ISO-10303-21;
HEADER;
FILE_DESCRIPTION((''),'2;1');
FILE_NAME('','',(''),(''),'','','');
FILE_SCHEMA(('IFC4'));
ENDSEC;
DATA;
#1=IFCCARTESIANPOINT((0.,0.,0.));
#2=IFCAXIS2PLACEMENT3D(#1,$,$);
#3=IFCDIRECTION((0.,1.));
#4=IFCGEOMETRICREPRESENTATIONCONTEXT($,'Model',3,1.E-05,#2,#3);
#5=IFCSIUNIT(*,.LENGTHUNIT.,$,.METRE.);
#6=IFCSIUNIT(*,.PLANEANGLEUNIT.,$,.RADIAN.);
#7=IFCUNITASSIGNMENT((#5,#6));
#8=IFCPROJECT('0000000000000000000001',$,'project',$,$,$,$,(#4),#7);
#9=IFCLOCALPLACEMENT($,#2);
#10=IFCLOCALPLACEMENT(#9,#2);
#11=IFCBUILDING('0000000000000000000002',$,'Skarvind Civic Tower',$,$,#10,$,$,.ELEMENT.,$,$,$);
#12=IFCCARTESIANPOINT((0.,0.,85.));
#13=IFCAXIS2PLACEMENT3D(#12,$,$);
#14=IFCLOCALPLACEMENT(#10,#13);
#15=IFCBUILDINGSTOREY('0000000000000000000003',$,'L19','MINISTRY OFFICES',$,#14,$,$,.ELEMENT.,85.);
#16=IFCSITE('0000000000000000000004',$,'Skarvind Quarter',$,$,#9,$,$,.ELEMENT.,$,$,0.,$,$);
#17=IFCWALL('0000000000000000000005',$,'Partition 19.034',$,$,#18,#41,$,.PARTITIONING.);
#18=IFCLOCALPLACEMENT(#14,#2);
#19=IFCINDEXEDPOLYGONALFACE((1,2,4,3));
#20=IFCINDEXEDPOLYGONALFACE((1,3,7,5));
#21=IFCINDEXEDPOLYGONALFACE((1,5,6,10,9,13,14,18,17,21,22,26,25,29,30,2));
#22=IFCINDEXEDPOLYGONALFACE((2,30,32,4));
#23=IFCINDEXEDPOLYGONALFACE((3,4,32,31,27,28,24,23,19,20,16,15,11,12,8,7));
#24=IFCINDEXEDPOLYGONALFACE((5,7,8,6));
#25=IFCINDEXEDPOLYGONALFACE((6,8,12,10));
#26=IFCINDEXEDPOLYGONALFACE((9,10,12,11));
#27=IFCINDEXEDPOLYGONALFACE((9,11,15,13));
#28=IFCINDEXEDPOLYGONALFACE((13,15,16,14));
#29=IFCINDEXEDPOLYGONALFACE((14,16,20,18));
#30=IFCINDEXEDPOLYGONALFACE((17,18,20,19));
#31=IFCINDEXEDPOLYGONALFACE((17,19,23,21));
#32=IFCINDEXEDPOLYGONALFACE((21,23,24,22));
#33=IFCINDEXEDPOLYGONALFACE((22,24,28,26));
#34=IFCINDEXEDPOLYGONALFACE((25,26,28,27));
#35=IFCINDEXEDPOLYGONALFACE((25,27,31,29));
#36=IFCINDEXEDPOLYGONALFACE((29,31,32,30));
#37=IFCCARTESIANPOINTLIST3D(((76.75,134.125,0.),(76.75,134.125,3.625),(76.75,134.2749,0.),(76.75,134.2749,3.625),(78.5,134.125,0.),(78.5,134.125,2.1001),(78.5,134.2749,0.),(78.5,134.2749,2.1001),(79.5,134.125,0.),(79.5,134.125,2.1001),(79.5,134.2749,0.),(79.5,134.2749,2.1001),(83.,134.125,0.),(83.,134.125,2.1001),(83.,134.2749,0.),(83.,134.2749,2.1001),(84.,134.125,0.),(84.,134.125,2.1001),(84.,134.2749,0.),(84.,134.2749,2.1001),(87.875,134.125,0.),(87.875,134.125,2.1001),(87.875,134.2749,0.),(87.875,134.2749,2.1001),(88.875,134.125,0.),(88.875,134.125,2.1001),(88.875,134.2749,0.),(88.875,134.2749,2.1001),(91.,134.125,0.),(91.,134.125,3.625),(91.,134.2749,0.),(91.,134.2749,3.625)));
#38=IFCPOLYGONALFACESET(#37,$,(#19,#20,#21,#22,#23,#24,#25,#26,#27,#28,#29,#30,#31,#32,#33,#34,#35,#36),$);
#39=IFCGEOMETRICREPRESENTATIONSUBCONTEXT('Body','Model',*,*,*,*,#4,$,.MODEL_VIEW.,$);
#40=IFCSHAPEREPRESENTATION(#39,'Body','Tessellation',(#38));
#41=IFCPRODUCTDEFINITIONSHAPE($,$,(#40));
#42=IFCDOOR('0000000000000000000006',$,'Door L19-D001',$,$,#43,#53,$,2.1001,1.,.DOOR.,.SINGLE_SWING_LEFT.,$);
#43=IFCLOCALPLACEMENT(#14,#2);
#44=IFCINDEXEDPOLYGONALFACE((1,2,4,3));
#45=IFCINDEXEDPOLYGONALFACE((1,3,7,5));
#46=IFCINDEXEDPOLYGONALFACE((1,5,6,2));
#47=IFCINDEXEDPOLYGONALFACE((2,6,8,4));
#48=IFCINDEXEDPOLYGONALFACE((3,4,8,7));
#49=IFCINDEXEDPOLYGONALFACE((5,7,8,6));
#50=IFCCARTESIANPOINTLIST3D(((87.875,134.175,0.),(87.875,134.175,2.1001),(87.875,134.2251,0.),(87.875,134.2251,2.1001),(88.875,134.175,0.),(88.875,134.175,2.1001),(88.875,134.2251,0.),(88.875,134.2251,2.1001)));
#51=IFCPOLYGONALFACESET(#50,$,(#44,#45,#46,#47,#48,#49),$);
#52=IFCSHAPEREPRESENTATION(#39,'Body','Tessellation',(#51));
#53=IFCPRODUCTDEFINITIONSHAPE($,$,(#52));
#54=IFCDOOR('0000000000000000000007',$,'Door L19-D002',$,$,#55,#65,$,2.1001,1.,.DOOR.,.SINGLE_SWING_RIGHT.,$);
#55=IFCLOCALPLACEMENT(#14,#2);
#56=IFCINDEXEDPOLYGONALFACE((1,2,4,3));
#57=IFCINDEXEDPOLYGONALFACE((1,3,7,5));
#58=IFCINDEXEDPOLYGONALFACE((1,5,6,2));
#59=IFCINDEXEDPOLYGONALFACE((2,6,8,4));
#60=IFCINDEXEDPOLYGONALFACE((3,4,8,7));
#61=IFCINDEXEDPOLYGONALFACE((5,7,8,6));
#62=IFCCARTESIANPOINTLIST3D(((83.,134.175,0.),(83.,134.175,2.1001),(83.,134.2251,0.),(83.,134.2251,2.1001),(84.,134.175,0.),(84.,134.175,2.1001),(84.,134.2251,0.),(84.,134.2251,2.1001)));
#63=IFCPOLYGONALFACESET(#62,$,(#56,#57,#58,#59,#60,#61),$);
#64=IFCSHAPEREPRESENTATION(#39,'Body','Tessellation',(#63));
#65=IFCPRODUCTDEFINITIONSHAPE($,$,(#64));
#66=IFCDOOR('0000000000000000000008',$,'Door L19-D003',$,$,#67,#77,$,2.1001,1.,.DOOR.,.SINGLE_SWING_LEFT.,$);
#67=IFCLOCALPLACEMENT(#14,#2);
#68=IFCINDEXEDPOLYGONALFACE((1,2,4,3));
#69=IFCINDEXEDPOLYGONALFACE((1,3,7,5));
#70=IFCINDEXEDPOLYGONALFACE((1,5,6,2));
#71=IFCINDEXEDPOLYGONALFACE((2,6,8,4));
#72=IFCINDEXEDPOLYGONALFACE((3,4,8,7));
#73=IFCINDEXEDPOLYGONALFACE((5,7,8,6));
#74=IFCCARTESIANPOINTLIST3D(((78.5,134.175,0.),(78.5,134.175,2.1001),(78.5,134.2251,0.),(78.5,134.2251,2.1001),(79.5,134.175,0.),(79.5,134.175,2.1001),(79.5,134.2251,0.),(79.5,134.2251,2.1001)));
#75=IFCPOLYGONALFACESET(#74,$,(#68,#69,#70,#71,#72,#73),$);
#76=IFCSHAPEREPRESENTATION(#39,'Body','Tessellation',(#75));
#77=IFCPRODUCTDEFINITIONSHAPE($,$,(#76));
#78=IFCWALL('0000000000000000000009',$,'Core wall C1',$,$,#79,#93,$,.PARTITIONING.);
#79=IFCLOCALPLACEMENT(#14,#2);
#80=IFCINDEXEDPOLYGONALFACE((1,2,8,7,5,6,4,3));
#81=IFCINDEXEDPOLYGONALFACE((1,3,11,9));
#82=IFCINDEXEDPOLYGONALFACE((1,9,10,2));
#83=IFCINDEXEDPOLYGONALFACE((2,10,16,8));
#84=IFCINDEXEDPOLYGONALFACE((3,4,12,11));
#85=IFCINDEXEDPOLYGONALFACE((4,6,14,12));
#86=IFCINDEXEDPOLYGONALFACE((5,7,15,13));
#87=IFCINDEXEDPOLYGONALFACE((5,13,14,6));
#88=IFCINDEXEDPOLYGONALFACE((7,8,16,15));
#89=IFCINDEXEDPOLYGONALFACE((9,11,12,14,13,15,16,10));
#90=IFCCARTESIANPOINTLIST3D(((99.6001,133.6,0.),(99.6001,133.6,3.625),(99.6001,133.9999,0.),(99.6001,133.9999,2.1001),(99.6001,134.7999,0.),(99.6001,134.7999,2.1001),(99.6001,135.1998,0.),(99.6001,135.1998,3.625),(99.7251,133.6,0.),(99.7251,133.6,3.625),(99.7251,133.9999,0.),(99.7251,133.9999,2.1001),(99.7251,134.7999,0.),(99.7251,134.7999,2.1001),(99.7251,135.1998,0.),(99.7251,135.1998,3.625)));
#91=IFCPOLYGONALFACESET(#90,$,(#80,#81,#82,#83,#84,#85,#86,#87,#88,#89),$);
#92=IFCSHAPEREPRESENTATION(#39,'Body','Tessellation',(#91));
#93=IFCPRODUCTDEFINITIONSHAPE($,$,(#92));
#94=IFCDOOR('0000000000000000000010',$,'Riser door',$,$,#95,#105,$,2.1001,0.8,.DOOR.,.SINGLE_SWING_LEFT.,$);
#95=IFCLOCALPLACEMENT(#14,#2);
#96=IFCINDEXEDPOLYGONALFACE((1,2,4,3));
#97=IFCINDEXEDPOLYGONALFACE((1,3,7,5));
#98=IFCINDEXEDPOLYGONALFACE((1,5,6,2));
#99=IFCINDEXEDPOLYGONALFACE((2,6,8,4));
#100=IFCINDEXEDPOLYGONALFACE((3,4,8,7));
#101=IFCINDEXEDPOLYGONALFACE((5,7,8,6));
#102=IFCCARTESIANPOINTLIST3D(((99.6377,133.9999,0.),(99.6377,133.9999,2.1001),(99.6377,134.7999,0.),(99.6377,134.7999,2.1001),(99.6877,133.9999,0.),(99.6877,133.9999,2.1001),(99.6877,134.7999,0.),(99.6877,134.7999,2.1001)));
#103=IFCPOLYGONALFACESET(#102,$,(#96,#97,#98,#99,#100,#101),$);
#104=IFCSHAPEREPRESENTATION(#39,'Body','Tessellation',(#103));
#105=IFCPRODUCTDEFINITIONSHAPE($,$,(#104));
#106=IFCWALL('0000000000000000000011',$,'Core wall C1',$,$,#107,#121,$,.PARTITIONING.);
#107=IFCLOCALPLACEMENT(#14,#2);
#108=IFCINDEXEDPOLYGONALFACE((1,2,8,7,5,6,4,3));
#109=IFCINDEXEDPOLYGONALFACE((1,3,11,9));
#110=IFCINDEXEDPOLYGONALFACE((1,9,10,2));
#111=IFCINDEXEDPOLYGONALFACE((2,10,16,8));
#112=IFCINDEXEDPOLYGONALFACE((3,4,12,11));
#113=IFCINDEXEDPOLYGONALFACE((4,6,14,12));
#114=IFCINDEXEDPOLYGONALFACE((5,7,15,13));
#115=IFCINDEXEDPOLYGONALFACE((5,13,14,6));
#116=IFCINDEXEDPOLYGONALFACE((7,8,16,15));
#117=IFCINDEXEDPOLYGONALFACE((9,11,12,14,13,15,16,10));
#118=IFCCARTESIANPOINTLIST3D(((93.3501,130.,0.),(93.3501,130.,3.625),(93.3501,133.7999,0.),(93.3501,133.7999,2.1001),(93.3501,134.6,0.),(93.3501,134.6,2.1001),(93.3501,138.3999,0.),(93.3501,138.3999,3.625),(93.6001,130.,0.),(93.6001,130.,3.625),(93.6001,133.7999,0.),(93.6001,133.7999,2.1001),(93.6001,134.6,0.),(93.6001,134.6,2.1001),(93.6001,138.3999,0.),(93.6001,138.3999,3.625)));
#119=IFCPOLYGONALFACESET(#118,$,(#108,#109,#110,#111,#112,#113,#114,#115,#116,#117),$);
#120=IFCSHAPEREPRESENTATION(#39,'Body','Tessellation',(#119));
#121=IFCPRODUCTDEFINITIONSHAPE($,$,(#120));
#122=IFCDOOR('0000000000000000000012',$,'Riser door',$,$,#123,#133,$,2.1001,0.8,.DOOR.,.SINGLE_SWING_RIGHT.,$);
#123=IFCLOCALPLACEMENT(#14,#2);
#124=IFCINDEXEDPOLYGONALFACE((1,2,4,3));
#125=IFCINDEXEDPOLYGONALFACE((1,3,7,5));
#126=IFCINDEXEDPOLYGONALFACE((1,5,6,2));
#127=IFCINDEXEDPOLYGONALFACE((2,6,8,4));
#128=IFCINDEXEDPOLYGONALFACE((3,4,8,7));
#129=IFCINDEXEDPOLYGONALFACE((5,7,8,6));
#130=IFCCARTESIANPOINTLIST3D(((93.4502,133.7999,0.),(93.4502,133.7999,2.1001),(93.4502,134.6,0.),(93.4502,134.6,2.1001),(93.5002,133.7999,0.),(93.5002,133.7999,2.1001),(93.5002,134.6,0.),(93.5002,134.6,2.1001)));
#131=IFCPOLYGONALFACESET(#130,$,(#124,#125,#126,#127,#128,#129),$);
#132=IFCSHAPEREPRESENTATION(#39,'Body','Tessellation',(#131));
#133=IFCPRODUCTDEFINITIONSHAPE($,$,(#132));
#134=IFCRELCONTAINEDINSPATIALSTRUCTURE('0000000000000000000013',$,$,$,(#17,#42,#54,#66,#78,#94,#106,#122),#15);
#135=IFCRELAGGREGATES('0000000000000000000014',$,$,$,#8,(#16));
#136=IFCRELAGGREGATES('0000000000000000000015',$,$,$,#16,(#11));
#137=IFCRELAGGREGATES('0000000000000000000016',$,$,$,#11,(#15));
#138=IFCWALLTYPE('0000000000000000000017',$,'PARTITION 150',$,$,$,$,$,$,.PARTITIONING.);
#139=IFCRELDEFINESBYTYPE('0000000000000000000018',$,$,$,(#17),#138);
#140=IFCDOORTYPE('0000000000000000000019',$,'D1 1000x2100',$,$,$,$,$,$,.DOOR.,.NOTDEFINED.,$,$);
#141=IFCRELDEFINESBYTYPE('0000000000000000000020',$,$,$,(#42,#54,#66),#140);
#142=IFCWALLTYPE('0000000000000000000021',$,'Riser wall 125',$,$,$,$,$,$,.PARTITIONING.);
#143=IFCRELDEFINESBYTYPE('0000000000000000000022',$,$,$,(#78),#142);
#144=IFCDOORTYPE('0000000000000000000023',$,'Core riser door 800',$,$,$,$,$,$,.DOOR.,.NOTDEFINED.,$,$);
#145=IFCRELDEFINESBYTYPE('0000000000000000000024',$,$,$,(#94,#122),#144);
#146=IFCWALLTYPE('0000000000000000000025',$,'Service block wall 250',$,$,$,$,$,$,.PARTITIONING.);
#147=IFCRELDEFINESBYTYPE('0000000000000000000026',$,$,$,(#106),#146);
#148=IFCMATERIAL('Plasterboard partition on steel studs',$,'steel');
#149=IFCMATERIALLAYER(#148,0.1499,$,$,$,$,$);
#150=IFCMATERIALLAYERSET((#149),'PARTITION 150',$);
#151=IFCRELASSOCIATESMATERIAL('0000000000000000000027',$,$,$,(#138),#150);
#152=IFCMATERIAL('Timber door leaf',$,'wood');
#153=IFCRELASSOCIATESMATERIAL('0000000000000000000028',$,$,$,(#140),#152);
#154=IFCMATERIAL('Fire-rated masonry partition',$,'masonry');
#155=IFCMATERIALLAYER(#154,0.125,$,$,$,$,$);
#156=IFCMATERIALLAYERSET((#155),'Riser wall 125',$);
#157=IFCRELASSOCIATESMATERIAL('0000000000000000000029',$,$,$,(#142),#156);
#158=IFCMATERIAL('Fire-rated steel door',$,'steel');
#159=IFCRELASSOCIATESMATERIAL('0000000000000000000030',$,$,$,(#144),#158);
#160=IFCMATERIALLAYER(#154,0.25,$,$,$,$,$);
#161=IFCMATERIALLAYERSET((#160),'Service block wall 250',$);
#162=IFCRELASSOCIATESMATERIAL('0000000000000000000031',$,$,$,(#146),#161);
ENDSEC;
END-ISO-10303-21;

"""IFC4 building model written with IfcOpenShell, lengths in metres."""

from ifc_helpers import new_model, si_unit, direction, frame, frame_2d, origin, place, context, subcontext, project, spatial, rectangle, extrude, material, layer, layer_set, type_object, element, fill, save


model = new_model("IFC4")

# Units and contexts
model_context = context("Model", 3, precision=1e-05, world=origin(), true_north=direction((0.0, 1.0)))
body_context = subcontext(model_context, "Body", "Model", "MODEL_VIEW")
ifc_project = project(units=[si_unit("LENGTHUNIT", "METRE"), si_unit("PLANEANGLEUNIT", "RADIAN")], contexts=[model_context])

# Site, building, storey
site_placement = place(None, origin())
site = spatial("IfcSite", under=ifc_project, at=site_placement, Name="Skarvind Quarter", CompositionType="ELEMENT", RefElevation=0.0)
building_placement = place(site_placement, origin())
building = spatial("IfcBuilding", under=site, at=building_placement, Name="Skarvind Civic Tower", CompositionType="ELEMENT")
storey_placement = place(building_placement, frame((0.0, 0.0, 85.0)))
storey = spatial("IfcBuildingStorey", under=building, at=storey_placement, Name="L19", Description="MINISTRY OFFICES", CompositionType="ELEMENT", Elevation=85.0)

# Shared definitions
ifc_material_1 = material(Name="Fire-rated masonry partition", Category="masonry")
ifc_material_2 = material(Name="Fire-rated steel door", Category="steel")

# Wall, openings, doors
ifc_material_3 = material(Name="Plasterboard partition on steel studs", Category="steel")
ifc_layer_1 = layer(ifc_material_3, 0.1499)
ifc_layer_set_1 = layer_set([ifc_layer_1], Name="PARTITION 150")
wall_type_1 = type_object("IfcWallType", Name="PARTITION 150", PredefinedType="PARTITIONING", material=ifc_layer_set_1)
wall_1_placement = place(storey_placement, frame((91.0, 134.2, 0.0), z_axis=(0.0, 0.0, 1.0), x_axis=(-1.0, 0.0, 0.0)))
wall_1 = element("IfcWall", 1, at=wall_1_placement, inside=storey, type_object=wall_type_1, Name="Partition 19.034", PredefinedType="PARTITIONING", context=body_context, shape_type="SweptSolid", body=[
    extrude(rectangle(XDim=14.25, YDim=0.1499, at=frame_2d((7.125, 0.0))), origin(), (0.0, 0.0, 1.0), 3.625),
])
opening_1_placement = place(wall_1_placement, frame((2.125, 0.0, 0.0)))
opening_1 = element("IfcOpeningElement", 2, at=opening_1_placement, cuts=wall_1, PredefinedType="OPENING", context=body_context, shape_type="SweptSolid", body=[
    extrude(rectangle(XDim=1.0, YDim=2.1001, at=frame_2d((0.5, 1.05))), frame((0.0, 0.085, 0.0), z_axis=(0.0, -1.0, 0.0), x_axis=(1.0, 0.0, 0.0)), (0.0, 0.0, 1.0), 0.1699),
])
opening_2_placement = place(wall_1_placement, frame((7.0, 0.0, 0.0)))
opening_2 = element("IfcOpeningElement", 3, at=opening_2_placement, cuts=wall_1, PredefinedType="OPENING", context=body_context, shape_type="SweptSolid", body=[
    extrude(rectangle(XDim=1.0, YDim=2.1001, at=frame_2d((0.5, 1.05))), frame((0.0, 0.085, 0.0), z_axis=(0.0, -1.0, 0.0), x_axis=(1.0, 0.0, 0.0)), (0.0, 0.0, 1.0), 0.1699),
])
opening_3_placement = place(wall_1_placement, frame((11.5, 0.0, 0.0)))
opening_3 = element("IfcOpeningElement", 4, at=opening_3_placement, cuts=wall_1, PredefinedType="OPENING", context=body_context, shape_type="SweptSolid", body=[
    extrude(rectangle(XDim=1.0, YDim=2.1001, at=frame_2d((0.5, 1.05))), frame((0.0, 0.085, 0.0), z_axis=(0.0, -1.0, 0.0), x_axis=(1.0, 0.0, 0.0)), (0.0, 0.0, 1.0), 0.1699),
])
ifc_material_4 = material(Name="Timber door leaf", Category="wood")
door_type_1 = type_object("IfcDoorType", Name="D1 1000x2100", OperationType="NOTDEFINED", PredefinedType="DOOR", material=ifc_material_4)
door_1_placement = place(opening_1_placement, origin())
door_1 = element("IfcDoor", 5, at=door_1_placement, inside=storey, type_object=door_type_1, Name="Door L19-D001", OperationType="SINGLE_SWING_LEFT", OverallHeight=2.1001, OverallWidth=1.0, PredefinedType="DOOR", context=body_context, shape_type="SweptSolid", body=[
    extrude(rectangle(XDim=1.0, YDim=2.1001, at=frame_2d((0.5, 1.05))), frame((0.0, 0.0249, 0.0), z_axis=(0.0, -1.0, 0.0), x_axis=(1.0, 0.0, 0.0)), (0.0, 0.0, 1.0), 0.05),
])
fill(opening_1, door_1)
door_2_placement = place(opening_2_placement, origin())
door_2 = element("IfcDoor", 6, at=door_2_placement, inside=storey, type_object=door_type_1, Name="Door L19-D002", OperationType="SINGLE_SWING_RIGHT", OverallHeight=2.1001, OverallWidth=1.0, PredefinedType="DOOR", context=body_context, shape_type="SweptSolid", body=[
    extrude(rectangle(XDim=1.0, YDim=2.1001, at=frame_2d((0.5, 1.05))), frame((0.0, 0.0249, 0.0), z_axis=(0.0, -1.0, 0.0), x_axis=(1.0, 0.0, 0.0)), (0.0, 0.0, 1.0), 0.05),
])
fill(opening_2, door_2)
door_3_placement = place(opening_3_placement, origin())
door_3 = element("IfcDoor", 7, at=door_3_placement, inside=storey, type_object=door_type_1, Name="Door L19-D003", OperationType="SINGLE_SWING_LEFT", OverallHeight=2.1001, OverallWidth=1.0, PredefinedType="DOOR", context=body_context, shape_type="SweptSolid", body=[
    extrude(rectangle(XDim=1.0, YDim=2.1001, at=frame_2d((0.5, 1.05))), frame((0.0, 0.0249, 0.0), z_axis=(0.0, -1.0, 0.0), x_axis=(1.0, 0.0, 0.0)), (0.0, 0.0, 1.0), 0.05),
])
fill(opening_3, door_3)

# Walls, openings, doors
ifc_layer_2 = layer(ifc_material_1, 0.125)
ifc_layer_set_2 = layer_set([ifc_layer_2], Name="Riser wall 125")
wall_type_2 = type_object("IfcWallType", Name="Riser wall 125", PredefinedType="PARTITIONING", material=ifc_layer_set_2)
wall_2_placement = place(storey_placement, frame((99.6626, 133.6001, 0.0), z_axis=(0.0, 0.0, 1.0), x_axis=(0.0, 1.0, 0.0)))
wall_2 = element("IfcWall", 8, at=wall_2_placement, inside=storey, type_object=wall_type_2, Name="Core wall C1", PredefinedType="PARTITIONING", context=body_context, shape_type="SweptSolid", body=[
    extrude(rectangle(XDim=1.5999, YDim=0.125, at=frame_2d((0.7998, 0.0))), origin(), (0.0, 0.0, 1.0), 3.625),
])
opening_4_placement = place(wall_2_placement, frame((0.3999, 0.0, 0.0)))
opening_4 = element("IfcOpeningElement", 9, at=opening_4_placement, cuts=wall_2, PredefinedType="OPENING", context=body_context, shape_type="SweptSolid", body=[
    extrude(rectangle(XDim=0.8, YDim=2.1001, at=frame_2d((0.3999, 1.05))), frame((0.0, 0.0725, 0.0), z_axis=(0.0, -1.0, 0.0), x_axis=(1.0, 0.0, 0.0)), (0.0, 0.0, 1.0), 0.145),
])
door_type_2 = type_object("IfcDoorType", Name="Core riser door 800", OperationType="NOTDEFINED", PredefinedType="DOOR", material=ifc_material_2)
door_4_placement = place(opening_4_placement, origin())
door_4 = element("IfcDoor", 10, at=door_4_placement, inside=storey, type_object=door_type_2, Name="Riser door", OperationType="SINGLE_SWING_LEFT", OverallHeight=2.1001, OverallWidth=0.8, PredefinedType="DOOR", context=body_context, shape_type="SweptSolid", body=[
    extrude(rectangle(XDim=0.8, YDim=2.1001, at=frame_2d((0.3999, 1.05))), frame((0.0, 0.0249, 0.0), z_axis=(0.0, -1.0, 0.0), x_axis=(1.0, 0.0, 0.0)), (0.0, 0.0, 1.0), 0.05),
])
fill(opening_4, door_4)
ifc_layer_3 = layer(ifc_material_1, 0.25)
ifc_layer_set_3 = layer_set([ifc_layer_3], Name="Service block wall 250")
wall_type_3 = type_object("IfcWallType", Name="Service block wall 250", PredefinedType="PARTITIONING", material=ifc_layer_set_3)
wall_3_placement = place(storey_placement, frame((93.4751, 130.0, 0.0), z_axis=(0.0, 0.0, 1.0), x_axis=(0.0, 1.0, 0.0)))
wall_3 = element("IfcWall", 11, at=wall_3_placement, inside=storey, type_object=wall_type_3, Name="Core wall C1", PredefinedType="PARTITIONING", context=body_context, shape_type="SweptSolid", body=[
    extrude(rectangle(XDim=8.3999, YDim=0.25, at=frame_2d((4.2, 0.0))), origin(), (0.0, 0.0, 1.0), 3.625),
])
opening_5_placement = place(wall_3_placement, frame((3.8, 0.0, 0.0)))
opening_5 = element("IfcOpeningElement", 12, at=opening_5_placement, cuts=wall_3, PredefinedType="OPENING", context=body_context, shape_type="SweptSolid", body=[
    extrude(rectangle(XDim=0.8, YDim=2.1001, at=frame_2d((0.3999, 1.05))), frame((0.0, 0.135, 0.0), z_axis=(0.0, -1.0, 0.0), x_axis=(1.0, 0.0, 0.0)), (0.0, 0.0, 1.0), 0.27),
])
door_5_placement = place(opening_5_placement, origin())
door_5 = element("IfcDoor", 13, at=door_5_placement, inside=storey, type_object=door_type_2, Name="Riser door", OperationType="SINGLE_SWING_RIGHT", OverallHeight=2.1001, OverallWidth=0.8, PredefinedType="DOOR", context=body_context, shape_type="SweptSolid", body=[
    extrude(rectangle(XDim=0.8, YDim=2.1001, at=frame_2d((0.3999, 1.05))), frame((0.0, 0.0249, 0.0), z_axis=(0.0, -1.0, 0.0), x_axis=(1.0, 0.0, 0.0)), (0.0, 0.0, 1.0), 0.05),
])
fill(opening_5, door_5)

save(model, "model.ifc")
